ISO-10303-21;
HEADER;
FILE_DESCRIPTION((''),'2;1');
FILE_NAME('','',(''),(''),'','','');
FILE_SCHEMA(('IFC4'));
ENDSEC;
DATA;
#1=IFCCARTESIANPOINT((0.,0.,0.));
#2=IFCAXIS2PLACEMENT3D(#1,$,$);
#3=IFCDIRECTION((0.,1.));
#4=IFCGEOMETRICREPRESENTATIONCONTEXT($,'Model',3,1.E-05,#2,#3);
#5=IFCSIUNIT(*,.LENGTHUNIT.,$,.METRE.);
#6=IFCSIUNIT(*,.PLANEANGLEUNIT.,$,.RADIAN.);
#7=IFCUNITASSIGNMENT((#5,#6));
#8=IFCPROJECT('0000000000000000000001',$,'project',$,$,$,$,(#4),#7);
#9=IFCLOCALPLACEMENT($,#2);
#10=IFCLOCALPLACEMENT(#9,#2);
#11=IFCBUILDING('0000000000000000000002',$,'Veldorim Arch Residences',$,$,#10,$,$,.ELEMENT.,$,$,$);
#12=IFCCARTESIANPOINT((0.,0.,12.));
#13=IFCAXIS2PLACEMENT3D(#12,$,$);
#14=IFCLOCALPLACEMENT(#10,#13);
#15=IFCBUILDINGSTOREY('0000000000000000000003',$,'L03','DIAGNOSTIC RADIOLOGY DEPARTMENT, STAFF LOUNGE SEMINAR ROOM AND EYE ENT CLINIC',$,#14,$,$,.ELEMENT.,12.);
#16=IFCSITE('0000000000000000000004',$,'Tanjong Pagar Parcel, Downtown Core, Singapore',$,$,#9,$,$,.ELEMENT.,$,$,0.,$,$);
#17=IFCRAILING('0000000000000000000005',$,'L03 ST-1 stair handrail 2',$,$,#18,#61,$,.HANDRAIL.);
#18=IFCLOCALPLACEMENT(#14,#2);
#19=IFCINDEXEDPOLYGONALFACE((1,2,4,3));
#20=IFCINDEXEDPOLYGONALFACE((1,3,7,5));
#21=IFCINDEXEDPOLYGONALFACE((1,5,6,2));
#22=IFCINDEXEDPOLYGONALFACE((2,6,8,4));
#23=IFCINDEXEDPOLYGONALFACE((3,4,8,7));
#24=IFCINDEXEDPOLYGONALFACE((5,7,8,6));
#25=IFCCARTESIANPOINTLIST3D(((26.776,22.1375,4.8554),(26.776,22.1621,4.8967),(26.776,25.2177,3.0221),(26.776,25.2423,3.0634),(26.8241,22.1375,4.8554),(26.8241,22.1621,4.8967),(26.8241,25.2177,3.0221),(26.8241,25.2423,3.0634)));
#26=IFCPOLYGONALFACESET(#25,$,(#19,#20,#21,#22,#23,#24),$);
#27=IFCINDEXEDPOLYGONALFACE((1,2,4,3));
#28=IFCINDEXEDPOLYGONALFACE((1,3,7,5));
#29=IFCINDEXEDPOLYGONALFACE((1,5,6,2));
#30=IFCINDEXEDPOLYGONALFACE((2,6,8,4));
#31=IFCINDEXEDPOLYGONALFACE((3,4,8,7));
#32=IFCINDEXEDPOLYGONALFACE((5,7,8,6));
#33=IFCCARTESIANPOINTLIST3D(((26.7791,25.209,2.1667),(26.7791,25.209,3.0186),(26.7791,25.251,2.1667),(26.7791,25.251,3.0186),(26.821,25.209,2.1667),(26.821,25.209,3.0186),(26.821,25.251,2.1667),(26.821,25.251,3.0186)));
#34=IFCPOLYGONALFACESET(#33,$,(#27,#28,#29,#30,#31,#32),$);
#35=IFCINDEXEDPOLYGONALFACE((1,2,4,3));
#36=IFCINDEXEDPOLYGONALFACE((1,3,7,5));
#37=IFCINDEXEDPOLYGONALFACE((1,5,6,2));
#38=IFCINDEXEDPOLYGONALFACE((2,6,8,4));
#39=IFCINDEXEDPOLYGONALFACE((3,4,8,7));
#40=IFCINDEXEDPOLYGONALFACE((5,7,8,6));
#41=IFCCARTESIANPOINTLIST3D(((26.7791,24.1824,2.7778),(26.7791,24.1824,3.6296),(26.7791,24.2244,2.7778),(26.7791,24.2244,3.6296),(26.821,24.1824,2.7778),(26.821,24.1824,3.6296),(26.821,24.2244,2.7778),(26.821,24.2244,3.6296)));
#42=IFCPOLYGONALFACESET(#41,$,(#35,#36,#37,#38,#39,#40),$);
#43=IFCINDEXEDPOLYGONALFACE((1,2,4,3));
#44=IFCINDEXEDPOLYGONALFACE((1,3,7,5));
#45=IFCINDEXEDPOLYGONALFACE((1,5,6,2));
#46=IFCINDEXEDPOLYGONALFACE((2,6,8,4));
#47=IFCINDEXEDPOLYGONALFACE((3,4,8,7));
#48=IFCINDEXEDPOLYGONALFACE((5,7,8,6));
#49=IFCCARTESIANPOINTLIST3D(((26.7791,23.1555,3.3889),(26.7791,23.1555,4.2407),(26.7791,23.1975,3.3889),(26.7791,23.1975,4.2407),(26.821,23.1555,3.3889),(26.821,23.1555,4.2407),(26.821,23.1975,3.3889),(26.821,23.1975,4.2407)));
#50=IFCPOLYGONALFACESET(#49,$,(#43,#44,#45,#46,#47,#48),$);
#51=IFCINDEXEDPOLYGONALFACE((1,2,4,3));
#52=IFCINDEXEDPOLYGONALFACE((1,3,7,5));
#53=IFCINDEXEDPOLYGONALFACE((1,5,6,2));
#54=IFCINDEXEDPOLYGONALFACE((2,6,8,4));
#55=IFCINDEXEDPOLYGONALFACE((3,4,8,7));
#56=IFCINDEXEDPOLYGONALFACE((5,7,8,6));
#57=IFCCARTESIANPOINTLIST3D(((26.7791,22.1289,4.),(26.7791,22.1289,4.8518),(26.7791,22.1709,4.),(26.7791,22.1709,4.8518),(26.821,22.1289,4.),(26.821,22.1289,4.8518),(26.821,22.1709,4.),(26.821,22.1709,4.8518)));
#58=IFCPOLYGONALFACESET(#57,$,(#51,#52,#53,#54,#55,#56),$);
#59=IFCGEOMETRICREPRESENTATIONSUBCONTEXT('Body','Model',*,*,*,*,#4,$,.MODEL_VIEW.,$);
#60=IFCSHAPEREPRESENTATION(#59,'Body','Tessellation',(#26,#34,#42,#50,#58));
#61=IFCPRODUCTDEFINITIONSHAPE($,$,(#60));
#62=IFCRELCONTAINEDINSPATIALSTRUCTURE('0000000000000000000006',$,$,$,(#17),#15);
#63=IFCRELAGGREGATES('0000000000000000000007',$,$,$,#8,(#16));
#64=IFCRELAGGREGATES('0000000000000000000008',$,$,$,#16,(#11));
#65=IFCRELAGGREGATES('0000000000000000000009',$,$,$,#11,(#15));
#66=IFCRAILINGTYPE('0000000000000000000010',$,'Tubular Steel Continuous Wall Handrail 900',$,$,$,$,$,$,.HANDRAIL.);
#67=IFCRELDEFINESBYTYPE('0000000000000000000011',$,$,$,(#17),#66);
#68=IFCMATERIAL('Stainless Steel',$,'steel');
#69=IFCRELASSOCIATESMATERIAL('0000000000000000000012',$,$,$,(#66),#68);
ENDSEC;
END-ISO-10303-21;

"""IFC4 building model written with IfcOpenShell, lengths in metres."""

from ifc_helpers import new_model, si_unit, direction, frame, origin, origin_2d, place, context, subcontext, project, spatial, rectangle, extrude, material, type_object, element, save


model = new_model("IFC4")

# Units and contexts
model_context = context("Model", 3, precision=1e-05, world=origin(), true_north=direction((0.0, 1.0)))
body_context = subcontext(model_context, "Body", "Model", "MODEL_VIEW")
ifc_project = project(units=[si_unit("LENGTHUNIT", "METRE"), si_unit("PLANEANGLEUNIT", "RADIAN")], contexts=[model_context])

# Site, building, storey
site_placement = place(None, origin())
site = spatial("IfcSite", under=ifc_project, at=site_placement, Name="Tanjong Pagar Parcel, Downtown Core, Singapore", CompositionType="ELEMENT", RefElevation=0.0)
building_placement = place(site_placement, origin())
building = spatial("IfcBuilding", under=site, at=building_placement, Name="Veldorim Arch Residences", CompositionType="ELEMENT")
storey_placement = place(building_placement, frame((0.0, 0.0, 12.0)))
storey = spatial("IfcBuildingStorey", under=building, at=storey_placement, Name="L03", Description="DIAGNOSTIC RADIOLOGY DEPARTMENT, STAFF LOUNGE SEMINAR ROOM AND EYE ENT CLINIC", CompositionType="ELEMENT", Elevation=12.0)

# Railing
ifc_material_1 = material(Name="Stainless Steel", Category="steel")
railing_type_1 = type_object("IfcRailingType", Name="Tubular Steel Continuous Wall Handrail 900", PredefinedType="HANDRAIL", material=ifc_material_1)
railing_1_placement = place(storey_placement, frame((26.8, 25.23, 2.1667)))
element("IfcRailing", 1, at=railing_1_placement, inside=storey, type_object=railing_type_1, Name="L03 ST-1 stair handrail 2", PredefinedType="HANDRAIL", context=body_context, shape_type="SweptSolid", body=[
    extrude(rectangle(XDim=0.0481, YDim=0.0481, at=origin_2d()), frame((0.0, 0.0, 0.876), z_axis=(0.0, -0.859309, 0.511458), x_axis=(1.0, 0.0, 0.0)), (0.0, 0.0, 1.0), 3.5845),
    extrude(rectangle(XDim=0.042, YDim=0.042, at=origin_2d()), origin(), (0.0, 0.0, 1.0), 0.8518),
    extrude(rectangle(XDim=0.042, YDim=0.042, at=origin_2d()), frame((0.0, -1.0266, 0.6111)), (0.0, 0.0, 1.0), 0.8518),
    extrude(rectangle(XDim=0.042, YDim=0.042, at=origin_2d()), frame((0.0, -2.0535, 1.2222)), (0.0, 0.0, 1.0), 0.8518),
    extrude(rectangle(XDim=0.042, YDim=0.042, at=origin_2d()), frame((0.0, -3.0801, 1.8333)), (0.0, 0.0, 1.0), 0.8518),
])

save(model, "model.ifc")
